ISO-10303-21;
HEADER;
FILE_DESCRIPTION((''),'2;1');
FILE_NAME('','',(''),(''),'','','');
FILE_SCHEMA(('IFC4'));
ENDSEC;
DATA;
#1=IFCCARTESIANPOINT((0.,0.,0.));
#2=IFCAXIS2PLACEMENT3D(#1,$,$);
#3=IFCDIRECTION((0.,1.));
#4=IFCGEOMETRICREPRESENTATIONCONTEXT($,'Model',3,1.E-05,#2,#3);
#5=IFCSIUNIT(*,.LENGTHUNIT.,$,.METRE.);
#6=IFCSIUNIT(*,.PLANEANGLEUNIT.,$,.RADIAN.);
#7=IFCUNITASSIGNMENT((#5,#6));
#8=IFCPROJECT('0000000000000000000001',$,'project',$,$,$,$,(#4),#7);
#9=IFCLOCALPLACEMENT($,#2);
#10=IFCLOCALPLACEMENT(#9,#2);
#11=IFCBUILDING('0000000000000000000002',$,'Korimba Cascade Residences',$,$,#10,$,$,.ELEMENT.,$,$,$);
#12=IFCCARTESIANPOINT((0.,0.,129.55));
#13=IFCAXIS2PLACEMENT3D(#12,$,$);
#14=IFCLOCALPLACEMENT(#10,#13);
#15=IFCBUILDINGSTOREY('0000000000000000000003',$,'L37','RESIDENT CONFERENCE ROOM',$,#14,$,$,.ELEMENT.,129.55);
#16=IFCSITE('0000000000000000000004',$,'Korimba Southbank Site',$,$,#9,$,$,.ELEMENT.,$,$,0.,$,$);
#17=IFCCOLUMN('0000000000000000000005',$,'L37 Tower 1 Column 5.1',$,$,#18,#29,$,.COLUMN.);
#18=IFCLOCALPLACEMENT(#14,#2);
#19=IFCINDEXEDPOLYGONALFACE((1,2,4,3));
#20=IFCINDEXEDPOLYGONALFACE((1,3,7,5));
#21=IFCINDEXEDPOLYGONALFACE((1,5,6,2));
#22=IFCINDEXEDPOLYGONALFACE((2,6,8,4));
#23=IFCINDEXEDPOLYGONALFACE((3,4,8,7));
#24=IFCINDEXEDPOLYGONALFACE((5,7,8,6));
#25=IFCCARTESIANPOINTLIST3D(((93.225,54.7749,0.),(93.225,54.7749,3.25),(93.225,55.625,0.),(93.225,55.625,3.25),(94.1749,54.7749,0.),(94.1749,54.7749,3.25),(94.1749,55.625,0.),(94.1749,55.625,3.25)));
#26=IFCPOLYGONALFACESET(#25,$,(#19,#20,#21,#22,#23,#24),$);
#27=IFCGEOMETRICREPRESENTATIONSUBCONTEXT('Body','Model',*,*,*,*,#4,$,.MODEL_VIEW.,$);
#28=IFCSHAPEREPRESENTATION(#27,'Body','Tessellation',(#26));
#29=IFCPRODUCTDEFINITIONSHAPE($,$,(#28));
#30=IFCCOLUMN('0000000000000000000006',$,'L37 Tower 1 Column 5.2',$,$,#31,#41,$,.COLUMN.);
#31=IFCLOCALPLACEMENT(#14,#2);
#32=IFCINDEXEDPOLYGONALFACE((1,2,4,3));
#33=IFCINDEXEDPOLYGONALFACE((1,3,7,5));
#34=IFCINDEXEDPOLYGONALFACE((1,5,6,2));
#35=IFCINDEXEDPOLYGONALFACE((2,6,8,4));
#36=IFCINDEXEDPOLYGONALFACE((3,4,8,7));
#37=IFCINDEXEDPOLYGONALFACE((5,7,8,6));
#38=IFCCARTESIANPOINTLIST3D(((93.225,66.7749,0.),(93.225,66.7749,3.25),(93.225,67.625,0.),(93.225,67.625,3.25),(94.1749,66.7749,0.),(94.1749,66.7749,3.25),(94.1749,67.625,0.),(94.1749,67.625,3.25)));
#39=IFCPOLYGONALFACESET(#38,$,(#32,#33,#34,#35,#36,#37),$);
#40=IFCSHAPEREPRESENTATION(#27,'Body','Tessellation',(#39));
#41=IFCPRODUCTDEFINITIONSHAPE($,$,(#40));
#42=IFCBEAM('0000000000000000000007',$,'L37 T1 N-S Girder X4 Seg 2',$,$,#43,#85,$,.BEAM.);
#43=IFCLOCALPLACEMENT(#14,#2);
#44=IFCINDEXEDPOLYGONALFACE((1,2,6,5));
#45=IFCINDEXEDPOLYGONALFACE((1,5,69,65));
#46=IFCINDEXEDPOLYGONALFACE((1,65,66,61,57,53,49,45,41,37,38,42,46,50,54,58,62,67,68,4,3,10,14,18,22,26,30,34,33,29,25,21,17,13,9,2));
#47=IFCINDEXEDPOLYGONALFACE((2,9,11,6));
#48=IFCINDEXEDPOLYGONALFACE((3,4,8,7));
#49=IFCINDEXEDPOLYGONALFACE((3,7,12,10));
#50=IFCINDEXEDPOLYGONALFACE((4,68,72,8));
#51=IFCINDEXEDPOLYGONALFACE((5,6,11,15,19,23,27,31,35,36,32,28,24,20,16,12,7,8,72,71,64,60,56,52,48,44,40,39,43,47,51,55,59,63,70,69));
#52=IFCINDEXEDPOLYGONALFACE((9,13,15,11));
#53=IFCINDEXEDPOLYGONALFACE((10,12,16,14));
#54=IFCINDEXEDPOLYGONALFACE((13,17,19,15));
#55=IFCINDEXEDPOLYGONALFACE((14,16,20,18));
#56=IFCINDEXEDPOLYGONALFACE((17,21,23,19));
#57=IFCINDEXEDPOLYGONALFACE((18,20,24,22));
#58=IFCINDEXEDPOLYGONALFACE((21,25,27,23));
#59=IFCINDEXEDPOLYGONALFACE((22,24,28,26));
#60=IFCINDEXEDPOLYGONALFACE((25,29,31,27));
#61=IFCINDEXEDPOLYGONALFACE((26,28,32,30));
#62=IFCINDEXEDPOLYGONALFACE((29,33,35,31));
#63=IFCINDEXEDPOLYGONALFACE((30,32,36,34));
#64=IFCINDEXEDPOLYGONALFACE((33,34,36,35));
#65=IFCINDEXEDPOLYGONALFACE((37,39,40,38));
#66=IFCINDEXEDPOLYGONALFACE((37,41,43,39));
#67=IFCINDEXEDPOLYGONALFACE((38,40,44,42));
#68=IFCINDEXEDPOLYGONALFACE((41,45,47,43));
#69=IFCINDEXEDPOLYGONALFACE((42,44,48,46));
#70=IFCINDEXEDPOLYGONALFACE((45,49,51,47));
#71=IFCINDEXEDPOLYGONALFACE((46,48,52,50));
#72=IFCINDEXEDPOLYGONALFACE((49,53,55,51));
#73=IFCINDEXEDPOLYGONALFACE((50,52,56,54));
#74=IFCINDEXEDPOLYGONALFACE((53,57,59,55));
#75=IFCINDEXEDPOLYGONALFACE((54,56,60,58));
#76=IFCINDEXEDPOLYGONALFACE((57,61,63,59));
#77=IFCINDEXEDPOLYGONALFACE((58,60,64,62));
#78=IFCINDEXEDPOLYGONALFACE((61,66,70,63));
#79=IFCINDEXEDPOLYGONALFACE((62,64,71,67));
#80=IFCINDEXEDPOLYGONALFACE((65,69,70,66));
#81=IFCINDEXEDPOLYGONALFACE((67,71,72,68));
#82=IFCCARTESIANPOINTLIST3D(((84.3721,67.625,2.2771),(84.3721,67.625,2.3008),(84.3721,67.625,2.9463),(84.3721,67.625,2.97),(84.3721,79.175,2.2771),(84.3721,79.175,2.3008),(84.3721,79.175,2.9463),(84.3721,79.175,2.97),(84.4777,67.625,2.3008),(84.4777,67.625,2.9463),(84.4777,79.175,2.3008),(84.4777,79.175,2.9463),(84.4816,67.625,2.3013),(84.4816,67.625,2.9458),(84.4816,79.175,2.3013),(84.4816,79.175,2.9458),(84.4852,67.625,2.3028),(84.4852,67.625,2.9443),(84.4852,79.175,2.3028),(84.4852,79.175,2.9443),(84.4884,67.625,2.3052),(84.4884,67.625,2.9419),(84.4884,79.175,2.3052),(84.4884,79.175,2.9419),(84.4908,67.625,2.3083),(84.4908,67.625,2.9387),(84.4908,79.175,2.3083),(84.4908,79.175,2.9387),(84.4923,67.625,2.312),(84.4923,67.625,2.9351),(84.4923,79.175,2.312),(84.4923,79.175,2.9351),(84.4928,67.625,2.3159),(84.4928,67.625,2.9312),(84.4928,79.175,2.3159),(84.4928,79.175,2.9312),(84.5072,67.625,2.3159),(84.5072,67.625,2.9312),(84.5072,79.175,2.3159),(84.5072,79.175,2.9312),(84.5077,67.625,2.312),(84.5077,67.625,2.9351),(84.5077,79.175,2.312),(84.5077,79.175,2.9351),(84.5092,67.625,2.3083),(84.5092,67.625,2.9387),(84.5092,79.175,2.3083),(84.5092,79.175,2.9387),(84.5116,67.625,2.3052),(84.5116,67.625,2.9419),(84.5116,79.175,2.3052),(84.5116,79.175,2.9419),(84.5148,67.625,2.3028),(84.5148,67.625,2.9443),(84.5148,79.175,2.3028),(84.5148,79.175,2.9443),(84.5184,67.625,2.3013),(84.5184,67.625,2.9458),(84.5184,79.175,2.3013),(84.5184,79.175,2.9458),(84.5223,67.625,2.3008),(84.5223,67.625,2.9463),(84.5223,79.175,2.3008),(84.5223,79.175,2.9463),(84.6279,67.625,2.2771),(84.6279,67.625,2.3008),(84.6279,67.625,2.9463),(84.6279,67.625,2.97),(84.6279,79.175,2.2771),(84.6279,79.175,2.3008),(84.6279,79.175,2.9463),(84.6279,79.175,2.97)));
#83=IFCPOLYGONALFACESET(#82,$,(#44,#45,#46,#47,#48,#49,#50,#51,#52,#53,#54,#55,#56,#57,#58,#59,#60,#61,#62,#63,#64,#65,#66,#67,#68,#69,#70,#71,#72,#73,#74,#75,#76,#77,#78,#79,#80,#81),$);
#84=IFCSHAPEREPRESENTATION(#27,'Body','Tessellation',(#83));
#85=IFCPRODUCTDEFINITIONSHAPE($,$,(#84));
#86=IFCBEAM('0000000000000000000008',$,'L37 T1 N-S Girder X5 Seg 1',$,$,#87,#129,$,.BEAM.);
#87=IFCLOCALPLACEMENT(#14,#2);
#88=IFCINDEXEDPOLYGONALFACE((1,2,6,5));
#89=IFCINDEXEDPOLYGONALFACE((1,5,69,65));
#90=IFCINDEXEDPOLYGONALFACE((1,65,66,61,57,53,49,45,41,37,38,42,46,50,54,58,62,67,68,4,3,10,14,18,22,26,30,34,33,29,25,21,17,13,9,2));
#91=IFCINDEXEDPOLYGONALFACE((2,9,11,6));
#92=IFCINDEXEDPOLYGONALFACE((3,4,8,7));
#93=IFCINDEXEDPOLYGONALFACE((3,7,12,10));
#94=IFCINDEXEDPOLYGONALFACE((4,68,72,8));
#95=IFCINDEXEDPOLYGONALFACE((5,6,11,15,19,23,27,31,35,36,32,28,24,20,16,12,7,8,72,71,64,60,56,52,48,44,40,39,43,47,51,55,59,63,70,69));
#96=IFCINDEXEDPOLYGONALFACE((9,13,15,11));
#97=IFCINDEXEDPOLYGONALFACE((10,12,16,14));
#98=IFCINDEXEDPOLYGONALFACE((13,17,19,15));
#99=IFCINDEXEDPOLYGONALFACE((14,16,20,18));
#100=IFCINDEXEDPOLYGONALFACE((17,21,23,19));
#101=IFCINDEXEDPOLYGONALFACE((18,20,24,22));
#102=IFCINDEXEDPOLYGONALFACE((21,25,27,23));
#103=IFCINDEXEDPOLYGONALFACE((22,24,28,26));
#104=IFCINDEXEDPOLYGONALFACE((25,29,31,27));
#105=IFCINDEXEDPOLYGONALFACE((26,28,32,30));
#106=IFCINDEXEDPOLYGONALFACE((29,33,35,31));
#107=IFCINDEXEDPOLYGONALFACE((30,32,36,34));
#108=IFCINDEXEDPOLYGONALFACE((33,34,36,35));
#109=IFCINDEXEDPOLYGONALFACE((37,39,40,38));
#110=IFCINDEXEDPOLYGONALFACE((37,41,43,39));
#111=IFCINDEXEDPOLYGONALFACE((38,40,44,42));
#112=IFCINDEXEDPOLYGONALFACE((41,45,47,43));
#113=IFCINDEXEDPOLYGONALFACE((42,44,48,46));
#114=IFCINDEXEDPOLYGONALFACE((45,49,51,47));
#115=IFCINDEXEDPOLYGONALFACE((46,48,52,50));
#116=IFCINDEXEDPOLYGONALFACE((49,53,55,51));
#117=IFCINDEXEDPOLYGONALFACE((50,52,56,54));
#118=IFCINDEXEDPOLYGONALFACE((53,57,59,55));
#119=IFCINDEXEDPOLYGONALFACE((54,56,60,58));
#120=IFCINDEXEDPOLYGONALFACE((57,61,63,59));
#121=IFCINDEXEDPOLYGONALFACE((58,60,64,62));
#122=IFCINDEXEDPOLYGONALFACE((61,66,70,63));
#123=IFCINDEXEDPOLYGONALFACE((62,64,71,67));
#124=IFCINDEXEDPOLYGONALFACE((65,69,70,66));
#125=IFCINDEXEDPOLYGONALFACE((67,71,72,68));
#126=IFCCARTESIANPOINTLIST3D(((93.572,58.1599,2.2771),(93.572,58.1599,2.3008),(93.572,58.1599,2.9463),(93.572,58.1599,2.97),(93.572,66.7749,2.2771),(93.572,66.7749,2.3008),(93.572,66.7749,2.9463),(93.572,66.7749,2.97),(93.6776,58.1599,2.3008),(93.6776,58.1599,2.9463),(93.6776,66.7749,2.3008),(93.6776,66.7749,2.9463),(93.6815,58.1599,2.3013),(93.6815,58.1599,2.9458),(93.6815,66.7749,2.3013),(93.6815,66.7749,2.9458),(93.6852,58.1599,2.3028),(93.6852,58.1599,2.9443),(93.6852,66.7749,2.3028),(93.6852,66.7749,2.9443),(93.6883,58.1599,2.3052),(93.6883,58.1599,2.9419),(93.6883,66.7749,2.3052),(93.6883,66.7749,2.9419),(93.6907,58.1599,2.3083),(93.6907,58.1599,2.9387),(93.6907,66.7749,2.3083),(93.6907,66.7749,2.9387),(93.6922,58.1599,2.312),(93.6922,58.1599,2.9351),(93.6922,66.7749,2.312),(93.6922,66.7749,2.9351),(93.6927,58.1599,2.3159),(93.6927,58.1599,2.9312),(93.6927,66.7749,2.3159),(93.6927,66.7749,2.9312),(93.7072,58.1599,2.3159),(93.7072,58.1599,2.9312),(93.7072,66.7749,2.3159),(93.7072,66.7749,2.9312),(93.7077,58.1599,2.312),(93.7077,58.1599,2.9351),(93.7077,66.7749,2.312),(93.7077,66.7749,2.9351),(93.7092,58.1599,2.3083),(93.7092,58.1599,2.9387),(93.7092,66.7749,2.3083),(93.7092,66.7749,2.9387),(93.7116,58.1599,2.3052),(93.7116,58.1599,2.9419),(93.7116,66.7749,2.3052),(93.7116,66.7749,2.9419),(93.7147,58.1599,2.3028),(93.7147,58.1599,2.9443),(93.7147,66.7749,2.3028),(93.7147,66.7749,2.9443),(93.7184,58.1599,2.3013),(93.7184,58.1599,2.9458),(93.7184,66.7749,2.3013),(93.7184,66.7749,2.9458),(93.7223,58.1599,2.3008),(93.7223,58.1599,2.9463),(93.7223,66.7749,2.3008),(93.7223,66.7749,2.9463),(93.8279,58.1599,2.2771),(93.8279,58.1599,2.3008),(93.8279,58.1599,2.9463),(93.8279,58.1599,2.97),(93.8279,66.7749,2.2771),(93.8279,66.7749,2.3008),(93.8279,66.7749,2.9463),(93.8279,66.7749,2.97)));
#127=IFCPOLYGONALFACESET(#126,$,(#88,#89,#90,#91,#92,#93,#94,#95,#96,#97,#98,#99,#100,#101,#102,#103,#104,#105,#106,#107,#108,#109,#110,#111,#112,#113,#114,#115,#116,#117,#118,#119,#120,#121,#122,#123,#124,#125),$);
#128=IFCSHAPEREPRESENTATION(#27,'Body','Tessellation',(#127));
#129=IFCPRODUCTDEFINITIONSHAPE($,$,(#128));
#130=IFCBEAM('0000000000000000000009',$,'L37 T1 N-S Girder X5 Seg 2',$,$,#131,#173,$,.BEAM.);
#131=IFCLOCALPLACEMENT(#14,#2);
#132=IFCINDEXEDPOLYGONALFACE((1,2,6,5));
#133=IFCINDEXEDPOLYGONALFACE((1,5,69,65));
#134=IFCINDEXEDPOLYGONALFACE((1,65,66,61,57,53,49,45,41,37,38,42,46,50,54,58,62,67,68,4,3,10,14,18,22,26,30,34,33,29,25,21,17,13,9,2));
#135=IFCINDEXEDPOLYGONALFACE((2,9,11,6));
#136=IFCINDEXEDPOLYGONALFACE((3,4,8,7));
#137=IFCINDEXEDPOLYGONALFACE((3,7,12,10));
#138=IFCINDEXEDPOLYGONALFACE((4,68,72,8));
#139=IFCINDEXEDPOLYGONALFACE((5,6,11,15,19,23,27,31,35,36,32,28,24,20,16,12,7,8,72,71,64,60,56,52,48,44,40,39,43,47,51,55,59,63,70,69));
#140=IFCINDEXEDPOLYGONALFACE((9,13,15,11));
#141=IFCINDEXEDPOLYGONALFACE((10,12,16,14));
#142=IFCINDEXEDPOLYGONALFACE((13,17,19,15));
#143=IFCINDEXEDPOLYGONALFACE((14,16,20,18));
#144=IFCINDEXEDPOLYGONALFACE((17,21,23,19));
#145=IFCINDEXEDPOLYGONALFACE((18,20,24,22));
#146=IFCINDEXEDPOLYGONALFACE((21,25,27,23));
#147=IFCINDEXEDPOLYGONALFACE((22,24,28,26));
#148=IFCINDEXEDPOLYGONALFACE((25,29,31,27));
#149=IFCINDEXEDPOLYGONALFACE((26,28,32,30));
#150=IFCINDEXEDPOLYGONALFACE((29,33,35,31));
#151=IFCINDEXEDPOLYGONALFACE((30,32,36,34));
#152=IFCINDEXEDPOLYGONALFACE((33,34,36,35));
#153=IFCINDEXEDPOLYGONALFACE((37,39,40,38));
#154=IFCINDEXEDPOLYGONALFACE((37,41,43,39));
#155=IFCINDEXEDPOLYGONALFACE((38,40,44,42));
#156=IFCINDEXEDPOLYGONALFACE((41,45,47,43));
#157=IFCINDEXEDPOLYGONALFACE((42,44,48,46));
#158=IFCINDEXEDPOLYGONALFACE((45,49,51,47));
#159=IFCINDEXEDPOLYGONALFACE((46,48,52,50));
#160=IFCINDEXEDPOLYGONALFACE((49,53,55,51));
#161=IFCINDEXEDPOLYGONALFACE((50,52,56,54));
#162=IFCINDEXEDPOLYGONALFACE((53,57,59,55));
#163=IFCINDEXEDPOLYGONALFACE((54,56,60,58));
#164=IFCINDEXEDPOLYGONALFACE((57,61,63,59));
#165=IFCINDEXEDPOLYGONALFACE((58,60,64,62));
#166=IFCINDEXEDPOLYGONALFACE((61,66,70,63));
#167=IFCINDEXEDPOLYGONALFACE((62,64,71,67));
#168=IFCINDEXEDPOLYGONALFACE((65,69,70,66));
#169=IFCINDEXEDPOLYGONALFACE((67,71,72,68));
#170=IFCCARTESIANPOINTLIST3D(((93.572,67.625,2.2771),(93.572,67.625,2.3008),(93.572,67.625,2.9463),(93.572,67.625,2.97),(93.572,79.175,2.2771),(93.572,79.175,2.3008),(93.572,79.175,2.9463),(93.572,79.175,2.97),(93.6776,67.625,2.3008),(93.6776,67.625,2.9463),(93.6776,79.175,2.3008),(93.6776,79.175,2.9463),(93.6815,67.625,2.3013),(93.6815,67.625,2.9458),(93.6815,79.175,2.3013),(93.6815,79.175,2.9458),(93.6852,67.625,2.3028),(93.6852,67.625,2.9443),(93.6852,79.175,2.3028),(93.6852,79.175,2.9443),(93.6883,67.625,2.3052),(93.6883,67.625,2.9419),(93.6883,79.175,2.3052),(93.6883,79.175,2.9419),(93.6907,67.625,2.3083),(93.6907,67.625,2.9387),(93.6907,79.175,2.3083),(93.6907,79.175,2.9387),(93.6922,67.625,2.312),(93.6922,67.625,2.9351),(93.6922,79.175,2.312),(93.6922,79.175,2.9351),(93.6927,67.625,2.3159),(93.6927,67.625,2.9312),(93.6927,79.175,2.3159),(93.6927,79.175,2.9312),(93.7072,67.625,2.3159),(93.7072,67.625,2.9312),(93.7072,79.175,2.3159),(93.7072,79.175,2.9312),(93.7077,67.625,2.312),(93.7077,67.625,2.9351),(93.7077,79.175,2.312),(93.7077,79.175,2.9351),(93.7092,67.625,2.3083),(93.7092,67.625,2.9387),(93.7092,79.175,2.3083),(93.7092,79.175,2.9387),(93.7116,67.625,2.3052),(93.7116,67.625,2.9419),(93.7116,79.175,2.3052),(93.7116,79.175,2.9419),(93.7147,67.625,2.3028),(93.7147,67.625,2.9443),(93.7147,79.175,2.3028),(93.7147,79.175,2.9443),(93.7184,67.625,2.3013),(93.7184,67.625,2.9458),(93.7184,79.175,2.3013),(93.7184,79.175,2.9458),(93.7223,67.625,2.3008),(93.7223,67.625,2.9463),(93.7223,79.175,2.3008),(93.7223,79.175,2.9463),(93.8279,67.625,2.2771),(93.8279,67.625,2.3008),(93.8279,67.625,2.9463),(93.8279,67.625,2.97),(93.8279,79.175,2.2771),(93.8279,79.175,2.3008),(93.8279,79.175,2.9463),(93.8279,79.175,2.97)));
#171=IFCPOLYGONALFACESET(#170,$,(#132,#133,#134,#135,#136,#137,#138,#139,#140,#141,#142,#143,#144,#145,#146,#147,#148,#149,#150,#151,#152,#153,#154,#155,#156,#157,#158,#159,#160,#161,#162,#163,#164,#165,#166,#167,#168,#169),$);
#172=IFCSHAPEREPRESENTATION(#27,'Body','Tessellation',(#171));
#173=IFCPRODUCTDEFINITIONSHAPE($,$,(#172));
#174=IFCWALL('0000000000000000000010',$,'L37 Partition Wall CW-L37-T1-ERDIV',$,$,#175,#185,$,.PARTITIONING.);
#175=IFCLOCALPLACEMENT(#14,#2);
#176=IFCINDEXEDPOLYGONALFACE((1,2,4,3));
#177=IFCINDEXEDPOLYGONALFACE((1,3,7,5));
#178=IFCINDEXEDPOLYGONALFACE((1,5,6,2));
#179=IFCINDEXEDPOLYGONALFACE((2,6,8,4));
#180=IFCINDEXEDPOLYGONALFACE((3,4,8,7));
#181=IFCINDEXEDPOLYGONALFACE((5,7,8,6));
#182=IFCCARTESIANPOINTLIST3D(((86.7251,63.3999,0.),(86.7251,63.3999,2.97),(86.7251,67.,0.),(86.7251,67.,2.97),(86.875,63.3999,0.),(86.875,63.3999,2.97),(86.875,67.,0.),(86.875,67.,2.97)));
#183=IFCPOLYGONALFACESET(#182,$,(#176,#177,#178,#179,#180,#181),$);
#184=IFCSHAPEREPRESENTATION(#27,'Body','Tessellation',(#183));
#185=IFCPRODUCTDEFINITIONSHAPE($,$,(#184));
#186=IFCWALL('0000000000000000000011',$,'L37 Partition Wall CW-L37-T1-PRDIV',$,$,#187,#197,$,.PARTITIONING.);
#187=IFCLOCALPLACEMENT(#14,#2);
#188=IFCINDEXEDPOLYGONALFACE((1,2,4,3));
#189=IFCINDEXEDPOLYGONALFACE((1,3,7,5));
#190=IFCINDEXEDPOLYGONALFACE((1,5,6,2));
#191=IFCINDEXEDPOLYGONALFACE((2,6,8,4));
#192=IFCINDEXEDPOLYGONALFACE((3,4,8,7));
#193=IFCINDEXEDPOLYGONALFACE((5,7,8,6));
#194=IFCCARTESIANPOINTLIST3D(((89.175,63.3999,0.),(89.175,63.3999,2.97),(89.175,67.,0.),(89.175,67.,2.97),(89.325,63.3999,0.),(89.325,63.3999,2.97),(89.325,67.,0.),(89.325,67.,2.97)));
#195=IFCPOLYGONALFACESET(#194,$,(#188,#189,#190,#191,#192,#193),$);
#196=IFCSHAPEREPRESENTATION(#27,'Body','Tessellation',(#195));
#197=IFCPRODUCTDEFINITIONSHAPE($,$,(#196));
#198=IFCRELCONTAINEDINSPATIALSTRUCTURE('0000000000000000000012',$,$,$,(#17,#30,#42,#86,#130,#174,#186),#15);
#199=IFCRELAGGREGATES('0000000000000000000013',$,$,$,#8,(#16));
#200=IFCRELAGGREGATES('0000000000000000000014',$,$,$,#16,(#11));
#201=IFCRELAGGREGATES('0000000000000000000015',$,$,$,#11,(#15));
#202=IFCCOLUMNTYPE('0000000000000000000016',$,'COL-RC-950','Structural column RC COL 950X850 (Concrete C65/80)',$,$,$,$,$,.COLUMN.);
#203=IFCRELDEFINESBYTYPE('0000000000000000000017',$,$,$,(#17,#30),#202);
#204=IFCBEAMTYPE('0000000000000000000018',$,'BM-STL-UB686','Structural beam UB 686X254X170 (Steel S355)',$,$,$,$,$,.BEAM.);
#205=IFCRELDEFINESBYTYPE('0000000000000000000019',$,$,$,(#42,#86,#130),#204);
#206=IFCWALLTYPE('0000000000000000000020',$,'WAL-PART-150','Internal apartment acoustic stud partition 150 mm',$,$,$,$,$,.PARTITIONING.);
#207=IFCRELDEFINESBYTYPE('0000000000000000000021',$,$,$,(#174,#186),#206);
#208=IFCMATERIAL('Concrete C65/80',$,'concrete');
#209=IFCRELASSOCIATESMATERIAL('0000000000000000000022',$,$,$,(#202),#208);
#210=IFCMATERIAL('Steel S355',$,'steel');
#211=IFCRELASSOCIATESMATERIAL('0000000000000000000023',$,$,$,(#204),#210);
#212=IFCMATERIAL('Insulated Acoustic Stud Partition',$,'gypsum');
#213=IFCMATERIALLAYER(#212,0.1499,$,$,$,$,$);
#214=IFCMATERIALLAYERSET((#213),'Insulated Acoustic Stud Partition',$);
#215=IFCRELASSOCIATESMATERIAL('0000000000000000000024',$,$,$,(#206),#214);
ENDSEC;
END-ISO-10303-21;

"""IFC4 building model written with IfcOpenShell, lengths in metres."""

from ifc_helpers import new_model, si_unit, direction, frame, frame_2d, origin, origin_2d, place, context, subcontext, project, spatial, rectangle, i_section, extrude, material, layer, layer_set, material_profile, profile_set, type_object, element, save


model = new_model("IFC4")

# Units and contexts
model_context = context("Model", 3, precision=1e-05, world=origin(), true_north=direction((0.0, 1.0)))
body_context = subcontext(model_context, "Body", "Model", "MODEL_VIEW")
ifc_project = project(units=[si_unit("LENGTHUNIT", "METRE"), si_unit("PLANEANGLEUNIT", "RADIAN")], contexts=[model_context])

# Site, building, storey
site_placement = place(None, origin())
site = spatial("IfcSite", under=ifc_project, at=site_placement, Name="Korimba Southbank Site", CompositionType="ELEMENT", RefElevation=0.0)
building_placement = place(site_placement, origin())
building = spatial("IfcBuilding", under=site, at=building_placement, Name="Korimba Cascade Residences", CompositionType="ELEMENT")
storey_placement = place(building_placement, frame((0.0, 0.0, 129.55)))
storey = spatial("IfcBuildingStorey", under=building, at=storey_placement, Name="L37", Description="RESIDENT CONFERENCE ROOM", CompositionType="ELEMENT", Elevation=129.55)

# Columns
ifc_material_1 = material(Name="Concrete C65/80", Category="concrete")
ifc_material_profile_1 = material_profile(ifc_material_1, rectangle(XDim=0.95, YDim=0.8501, at=origin_2d()), Name="Concrete C65/80")
ifc_profile_set_1 = profile_set([ifc_material_profile_1], Name="Concrete C65/80")
column_type = type_object("IfcColumnType", Name="COL-RC-950", Description="Structural column RC COL 950X850 (Concrete C65/80)", PredefinedType="COLUMN", material=ifc_profile_set_1)
for number, where, z_axis, x_axis, name in (
    (1, (93.7, 55.2, 0.0), (0.0, 0.0, 1.0), (1.0, 0.0, 0.0), "L37 Tower 1 Column 5.1"),
    (2, (93.7, 67.2, 0.0), (0.0, 0.0, 1.0), (1.0, 0.0, 0.0), "L37 Tower 1 Column 5.2"),
):
    element("IfcColumn", number, at=place(storey_placement, frame(where, z_axis=z_axis, x_axis=x_axis)), inside=storey, type_object=column_type, Name=name, PredefinedType="COLUMN", context=body_context, shape_type="SweptSolid", body=[
        extrude(rectangle(XDim=0.95, YDim=0.8501, at=origin_2d()), origin(), (0.0, 0.0, 1.0), 3.25),
    ])

# Beams
ifc_material_2 = material(Name="Steel S355", Category="steel")
ifc_material_profile_2 = material_profile(ifc_material_2, i_section(OverallWidth=0.2559, OverallDepth=0.6929, WebThickness=0.0144, FlangeThickness=0.0237, FilletRadius=0.0151, at=origin_2d()), Name="Steel S355")
ifc_profile_set_2 = profile_set([ifc_material_profile_2], Name="Steel S355")
beam_type = type_object("IfcBeamType", Name="BM-STL-UB686", Description="Structural beam UB 686X254X170 (Steel S355)", PredefinedType="BEAM", material=ifc_profile_set_2)
beam_1_placement = place(storey_placement, frame((84.5, 67.625, 2.6235), z_axis=(0.0, 1.0, 0.0), x_axis=(-1.0, 0.0, 0.0)))
element("IfcBeam", 3, at=beam_1_placement, inside=storey, type_object=beam_type, Name="L37 T1 N-S Girder X4 Seg 2", PredefinedType="BEAM", context=body_context, shape_type="SweptSolid", body=[
    extrude(i_section(OverallWidth=0.2559, OverallDepth=0.6929, WebThickness=0.0144, FlangeThickness=0.0237, FilletRadius=0.0151, at=origin_2d()), origin(), (0.0, 0.0, 1.0), 11.55),
])
beam_2_placement = place(storey_placement, frame((93.7, 58.1599, 2.6235), z_axis=(0.0, 1.0, 0.0), x_axis=(-1.0, 0.0, 0.0)))
element("IfcBeam", 4, at=beam_2_placement, inside=storey, type_object=beam_type, Name="L37 T1 N-S Girder X5 Seg 1", PredefinedType="BEAM", context=body_context, shape_type="SweptSolid", body=[
    extrude(i_section(OverallWidth=0.2559, OverallDepth=0.6929, WebThickness=0.0144, FlangeThickness=0.0237, FilletRadius=0.0151, at=origin_2d()), origin(), (0.0, 0.0, 1.0), 8.615),
])
beam_3_placement = place(storey_placement, frame((93.7, 67.625, 2.6235), z_axis=(0.0, 1.0, 0.0), x_axis=(-1.0, 0.0, 0.0)))
element("IfcBeam", 5, at=beam_3_placement, inside=storey, type_object=beam_type, Name="L37 T1 N-S Girder X5 Seg 2", PredefinedType="BEAM", context=body_context, shape_type="SweptSolid", body=[
    extrude(i_section(OverallWidth=0.2559, OverallDepth=0.6929, WebThickness=0.0144, FlangeThickness=0.0237, FilletRadius=0.0151, at=origin_2d()), origin(), (0.0, 0.0, 1.0), 11.55),
])

# Walls
ifc_material_3 = material(Name="Insulated Acoustic Stud Partition", Category="gypsum")
ifc_layer_1 = layer(ifc_material_3, 0.1499)
ifc_layer_set_1 = layer_set([ifc_layer_1], Name="Insulated Acoustic Stud Partition")
wall_type_1 = type_object("IfcWallType", Name="WAL-PART-150", Description="Internal apartment acoustic stud partition 150 mm", PredefinedType="PARTITIONING", material=ifc_layer_set_1)
for number, where, z_axis, x_axis, name in (
    (6, (86.8, 63.3999, 0.0), (0.0, 0.0, 1.0), (0.0, 1.0, 0.0), "L37 Partition Wall CW-L37-T1-ERDIV"),
    (7, (89.25, 63.3999, 0.0), (0.0, 0.0, 1.0), (0.0, 1.0, 0.0), "L37 Partition Wall CW-L37-T1-PRDIV"),
):
    element("IfcWall", number, at=place(storey_placement, frame(where, z_axis=z_axis, x_axis=x_axis)), inside=storey, type_object=wall_type_1, Name=name, PredefinedType="PARTITIONING", context=body_context, shape_type="SweptSolid", body=[
        extrude(rectangle(XDim=3.6001, YDim=0.1499, at=frame_2d((1.8, 0.0))), origin(), (0.0, 0.0, 1.0), 2.97),
    ])

save(model, "model.ifc")
